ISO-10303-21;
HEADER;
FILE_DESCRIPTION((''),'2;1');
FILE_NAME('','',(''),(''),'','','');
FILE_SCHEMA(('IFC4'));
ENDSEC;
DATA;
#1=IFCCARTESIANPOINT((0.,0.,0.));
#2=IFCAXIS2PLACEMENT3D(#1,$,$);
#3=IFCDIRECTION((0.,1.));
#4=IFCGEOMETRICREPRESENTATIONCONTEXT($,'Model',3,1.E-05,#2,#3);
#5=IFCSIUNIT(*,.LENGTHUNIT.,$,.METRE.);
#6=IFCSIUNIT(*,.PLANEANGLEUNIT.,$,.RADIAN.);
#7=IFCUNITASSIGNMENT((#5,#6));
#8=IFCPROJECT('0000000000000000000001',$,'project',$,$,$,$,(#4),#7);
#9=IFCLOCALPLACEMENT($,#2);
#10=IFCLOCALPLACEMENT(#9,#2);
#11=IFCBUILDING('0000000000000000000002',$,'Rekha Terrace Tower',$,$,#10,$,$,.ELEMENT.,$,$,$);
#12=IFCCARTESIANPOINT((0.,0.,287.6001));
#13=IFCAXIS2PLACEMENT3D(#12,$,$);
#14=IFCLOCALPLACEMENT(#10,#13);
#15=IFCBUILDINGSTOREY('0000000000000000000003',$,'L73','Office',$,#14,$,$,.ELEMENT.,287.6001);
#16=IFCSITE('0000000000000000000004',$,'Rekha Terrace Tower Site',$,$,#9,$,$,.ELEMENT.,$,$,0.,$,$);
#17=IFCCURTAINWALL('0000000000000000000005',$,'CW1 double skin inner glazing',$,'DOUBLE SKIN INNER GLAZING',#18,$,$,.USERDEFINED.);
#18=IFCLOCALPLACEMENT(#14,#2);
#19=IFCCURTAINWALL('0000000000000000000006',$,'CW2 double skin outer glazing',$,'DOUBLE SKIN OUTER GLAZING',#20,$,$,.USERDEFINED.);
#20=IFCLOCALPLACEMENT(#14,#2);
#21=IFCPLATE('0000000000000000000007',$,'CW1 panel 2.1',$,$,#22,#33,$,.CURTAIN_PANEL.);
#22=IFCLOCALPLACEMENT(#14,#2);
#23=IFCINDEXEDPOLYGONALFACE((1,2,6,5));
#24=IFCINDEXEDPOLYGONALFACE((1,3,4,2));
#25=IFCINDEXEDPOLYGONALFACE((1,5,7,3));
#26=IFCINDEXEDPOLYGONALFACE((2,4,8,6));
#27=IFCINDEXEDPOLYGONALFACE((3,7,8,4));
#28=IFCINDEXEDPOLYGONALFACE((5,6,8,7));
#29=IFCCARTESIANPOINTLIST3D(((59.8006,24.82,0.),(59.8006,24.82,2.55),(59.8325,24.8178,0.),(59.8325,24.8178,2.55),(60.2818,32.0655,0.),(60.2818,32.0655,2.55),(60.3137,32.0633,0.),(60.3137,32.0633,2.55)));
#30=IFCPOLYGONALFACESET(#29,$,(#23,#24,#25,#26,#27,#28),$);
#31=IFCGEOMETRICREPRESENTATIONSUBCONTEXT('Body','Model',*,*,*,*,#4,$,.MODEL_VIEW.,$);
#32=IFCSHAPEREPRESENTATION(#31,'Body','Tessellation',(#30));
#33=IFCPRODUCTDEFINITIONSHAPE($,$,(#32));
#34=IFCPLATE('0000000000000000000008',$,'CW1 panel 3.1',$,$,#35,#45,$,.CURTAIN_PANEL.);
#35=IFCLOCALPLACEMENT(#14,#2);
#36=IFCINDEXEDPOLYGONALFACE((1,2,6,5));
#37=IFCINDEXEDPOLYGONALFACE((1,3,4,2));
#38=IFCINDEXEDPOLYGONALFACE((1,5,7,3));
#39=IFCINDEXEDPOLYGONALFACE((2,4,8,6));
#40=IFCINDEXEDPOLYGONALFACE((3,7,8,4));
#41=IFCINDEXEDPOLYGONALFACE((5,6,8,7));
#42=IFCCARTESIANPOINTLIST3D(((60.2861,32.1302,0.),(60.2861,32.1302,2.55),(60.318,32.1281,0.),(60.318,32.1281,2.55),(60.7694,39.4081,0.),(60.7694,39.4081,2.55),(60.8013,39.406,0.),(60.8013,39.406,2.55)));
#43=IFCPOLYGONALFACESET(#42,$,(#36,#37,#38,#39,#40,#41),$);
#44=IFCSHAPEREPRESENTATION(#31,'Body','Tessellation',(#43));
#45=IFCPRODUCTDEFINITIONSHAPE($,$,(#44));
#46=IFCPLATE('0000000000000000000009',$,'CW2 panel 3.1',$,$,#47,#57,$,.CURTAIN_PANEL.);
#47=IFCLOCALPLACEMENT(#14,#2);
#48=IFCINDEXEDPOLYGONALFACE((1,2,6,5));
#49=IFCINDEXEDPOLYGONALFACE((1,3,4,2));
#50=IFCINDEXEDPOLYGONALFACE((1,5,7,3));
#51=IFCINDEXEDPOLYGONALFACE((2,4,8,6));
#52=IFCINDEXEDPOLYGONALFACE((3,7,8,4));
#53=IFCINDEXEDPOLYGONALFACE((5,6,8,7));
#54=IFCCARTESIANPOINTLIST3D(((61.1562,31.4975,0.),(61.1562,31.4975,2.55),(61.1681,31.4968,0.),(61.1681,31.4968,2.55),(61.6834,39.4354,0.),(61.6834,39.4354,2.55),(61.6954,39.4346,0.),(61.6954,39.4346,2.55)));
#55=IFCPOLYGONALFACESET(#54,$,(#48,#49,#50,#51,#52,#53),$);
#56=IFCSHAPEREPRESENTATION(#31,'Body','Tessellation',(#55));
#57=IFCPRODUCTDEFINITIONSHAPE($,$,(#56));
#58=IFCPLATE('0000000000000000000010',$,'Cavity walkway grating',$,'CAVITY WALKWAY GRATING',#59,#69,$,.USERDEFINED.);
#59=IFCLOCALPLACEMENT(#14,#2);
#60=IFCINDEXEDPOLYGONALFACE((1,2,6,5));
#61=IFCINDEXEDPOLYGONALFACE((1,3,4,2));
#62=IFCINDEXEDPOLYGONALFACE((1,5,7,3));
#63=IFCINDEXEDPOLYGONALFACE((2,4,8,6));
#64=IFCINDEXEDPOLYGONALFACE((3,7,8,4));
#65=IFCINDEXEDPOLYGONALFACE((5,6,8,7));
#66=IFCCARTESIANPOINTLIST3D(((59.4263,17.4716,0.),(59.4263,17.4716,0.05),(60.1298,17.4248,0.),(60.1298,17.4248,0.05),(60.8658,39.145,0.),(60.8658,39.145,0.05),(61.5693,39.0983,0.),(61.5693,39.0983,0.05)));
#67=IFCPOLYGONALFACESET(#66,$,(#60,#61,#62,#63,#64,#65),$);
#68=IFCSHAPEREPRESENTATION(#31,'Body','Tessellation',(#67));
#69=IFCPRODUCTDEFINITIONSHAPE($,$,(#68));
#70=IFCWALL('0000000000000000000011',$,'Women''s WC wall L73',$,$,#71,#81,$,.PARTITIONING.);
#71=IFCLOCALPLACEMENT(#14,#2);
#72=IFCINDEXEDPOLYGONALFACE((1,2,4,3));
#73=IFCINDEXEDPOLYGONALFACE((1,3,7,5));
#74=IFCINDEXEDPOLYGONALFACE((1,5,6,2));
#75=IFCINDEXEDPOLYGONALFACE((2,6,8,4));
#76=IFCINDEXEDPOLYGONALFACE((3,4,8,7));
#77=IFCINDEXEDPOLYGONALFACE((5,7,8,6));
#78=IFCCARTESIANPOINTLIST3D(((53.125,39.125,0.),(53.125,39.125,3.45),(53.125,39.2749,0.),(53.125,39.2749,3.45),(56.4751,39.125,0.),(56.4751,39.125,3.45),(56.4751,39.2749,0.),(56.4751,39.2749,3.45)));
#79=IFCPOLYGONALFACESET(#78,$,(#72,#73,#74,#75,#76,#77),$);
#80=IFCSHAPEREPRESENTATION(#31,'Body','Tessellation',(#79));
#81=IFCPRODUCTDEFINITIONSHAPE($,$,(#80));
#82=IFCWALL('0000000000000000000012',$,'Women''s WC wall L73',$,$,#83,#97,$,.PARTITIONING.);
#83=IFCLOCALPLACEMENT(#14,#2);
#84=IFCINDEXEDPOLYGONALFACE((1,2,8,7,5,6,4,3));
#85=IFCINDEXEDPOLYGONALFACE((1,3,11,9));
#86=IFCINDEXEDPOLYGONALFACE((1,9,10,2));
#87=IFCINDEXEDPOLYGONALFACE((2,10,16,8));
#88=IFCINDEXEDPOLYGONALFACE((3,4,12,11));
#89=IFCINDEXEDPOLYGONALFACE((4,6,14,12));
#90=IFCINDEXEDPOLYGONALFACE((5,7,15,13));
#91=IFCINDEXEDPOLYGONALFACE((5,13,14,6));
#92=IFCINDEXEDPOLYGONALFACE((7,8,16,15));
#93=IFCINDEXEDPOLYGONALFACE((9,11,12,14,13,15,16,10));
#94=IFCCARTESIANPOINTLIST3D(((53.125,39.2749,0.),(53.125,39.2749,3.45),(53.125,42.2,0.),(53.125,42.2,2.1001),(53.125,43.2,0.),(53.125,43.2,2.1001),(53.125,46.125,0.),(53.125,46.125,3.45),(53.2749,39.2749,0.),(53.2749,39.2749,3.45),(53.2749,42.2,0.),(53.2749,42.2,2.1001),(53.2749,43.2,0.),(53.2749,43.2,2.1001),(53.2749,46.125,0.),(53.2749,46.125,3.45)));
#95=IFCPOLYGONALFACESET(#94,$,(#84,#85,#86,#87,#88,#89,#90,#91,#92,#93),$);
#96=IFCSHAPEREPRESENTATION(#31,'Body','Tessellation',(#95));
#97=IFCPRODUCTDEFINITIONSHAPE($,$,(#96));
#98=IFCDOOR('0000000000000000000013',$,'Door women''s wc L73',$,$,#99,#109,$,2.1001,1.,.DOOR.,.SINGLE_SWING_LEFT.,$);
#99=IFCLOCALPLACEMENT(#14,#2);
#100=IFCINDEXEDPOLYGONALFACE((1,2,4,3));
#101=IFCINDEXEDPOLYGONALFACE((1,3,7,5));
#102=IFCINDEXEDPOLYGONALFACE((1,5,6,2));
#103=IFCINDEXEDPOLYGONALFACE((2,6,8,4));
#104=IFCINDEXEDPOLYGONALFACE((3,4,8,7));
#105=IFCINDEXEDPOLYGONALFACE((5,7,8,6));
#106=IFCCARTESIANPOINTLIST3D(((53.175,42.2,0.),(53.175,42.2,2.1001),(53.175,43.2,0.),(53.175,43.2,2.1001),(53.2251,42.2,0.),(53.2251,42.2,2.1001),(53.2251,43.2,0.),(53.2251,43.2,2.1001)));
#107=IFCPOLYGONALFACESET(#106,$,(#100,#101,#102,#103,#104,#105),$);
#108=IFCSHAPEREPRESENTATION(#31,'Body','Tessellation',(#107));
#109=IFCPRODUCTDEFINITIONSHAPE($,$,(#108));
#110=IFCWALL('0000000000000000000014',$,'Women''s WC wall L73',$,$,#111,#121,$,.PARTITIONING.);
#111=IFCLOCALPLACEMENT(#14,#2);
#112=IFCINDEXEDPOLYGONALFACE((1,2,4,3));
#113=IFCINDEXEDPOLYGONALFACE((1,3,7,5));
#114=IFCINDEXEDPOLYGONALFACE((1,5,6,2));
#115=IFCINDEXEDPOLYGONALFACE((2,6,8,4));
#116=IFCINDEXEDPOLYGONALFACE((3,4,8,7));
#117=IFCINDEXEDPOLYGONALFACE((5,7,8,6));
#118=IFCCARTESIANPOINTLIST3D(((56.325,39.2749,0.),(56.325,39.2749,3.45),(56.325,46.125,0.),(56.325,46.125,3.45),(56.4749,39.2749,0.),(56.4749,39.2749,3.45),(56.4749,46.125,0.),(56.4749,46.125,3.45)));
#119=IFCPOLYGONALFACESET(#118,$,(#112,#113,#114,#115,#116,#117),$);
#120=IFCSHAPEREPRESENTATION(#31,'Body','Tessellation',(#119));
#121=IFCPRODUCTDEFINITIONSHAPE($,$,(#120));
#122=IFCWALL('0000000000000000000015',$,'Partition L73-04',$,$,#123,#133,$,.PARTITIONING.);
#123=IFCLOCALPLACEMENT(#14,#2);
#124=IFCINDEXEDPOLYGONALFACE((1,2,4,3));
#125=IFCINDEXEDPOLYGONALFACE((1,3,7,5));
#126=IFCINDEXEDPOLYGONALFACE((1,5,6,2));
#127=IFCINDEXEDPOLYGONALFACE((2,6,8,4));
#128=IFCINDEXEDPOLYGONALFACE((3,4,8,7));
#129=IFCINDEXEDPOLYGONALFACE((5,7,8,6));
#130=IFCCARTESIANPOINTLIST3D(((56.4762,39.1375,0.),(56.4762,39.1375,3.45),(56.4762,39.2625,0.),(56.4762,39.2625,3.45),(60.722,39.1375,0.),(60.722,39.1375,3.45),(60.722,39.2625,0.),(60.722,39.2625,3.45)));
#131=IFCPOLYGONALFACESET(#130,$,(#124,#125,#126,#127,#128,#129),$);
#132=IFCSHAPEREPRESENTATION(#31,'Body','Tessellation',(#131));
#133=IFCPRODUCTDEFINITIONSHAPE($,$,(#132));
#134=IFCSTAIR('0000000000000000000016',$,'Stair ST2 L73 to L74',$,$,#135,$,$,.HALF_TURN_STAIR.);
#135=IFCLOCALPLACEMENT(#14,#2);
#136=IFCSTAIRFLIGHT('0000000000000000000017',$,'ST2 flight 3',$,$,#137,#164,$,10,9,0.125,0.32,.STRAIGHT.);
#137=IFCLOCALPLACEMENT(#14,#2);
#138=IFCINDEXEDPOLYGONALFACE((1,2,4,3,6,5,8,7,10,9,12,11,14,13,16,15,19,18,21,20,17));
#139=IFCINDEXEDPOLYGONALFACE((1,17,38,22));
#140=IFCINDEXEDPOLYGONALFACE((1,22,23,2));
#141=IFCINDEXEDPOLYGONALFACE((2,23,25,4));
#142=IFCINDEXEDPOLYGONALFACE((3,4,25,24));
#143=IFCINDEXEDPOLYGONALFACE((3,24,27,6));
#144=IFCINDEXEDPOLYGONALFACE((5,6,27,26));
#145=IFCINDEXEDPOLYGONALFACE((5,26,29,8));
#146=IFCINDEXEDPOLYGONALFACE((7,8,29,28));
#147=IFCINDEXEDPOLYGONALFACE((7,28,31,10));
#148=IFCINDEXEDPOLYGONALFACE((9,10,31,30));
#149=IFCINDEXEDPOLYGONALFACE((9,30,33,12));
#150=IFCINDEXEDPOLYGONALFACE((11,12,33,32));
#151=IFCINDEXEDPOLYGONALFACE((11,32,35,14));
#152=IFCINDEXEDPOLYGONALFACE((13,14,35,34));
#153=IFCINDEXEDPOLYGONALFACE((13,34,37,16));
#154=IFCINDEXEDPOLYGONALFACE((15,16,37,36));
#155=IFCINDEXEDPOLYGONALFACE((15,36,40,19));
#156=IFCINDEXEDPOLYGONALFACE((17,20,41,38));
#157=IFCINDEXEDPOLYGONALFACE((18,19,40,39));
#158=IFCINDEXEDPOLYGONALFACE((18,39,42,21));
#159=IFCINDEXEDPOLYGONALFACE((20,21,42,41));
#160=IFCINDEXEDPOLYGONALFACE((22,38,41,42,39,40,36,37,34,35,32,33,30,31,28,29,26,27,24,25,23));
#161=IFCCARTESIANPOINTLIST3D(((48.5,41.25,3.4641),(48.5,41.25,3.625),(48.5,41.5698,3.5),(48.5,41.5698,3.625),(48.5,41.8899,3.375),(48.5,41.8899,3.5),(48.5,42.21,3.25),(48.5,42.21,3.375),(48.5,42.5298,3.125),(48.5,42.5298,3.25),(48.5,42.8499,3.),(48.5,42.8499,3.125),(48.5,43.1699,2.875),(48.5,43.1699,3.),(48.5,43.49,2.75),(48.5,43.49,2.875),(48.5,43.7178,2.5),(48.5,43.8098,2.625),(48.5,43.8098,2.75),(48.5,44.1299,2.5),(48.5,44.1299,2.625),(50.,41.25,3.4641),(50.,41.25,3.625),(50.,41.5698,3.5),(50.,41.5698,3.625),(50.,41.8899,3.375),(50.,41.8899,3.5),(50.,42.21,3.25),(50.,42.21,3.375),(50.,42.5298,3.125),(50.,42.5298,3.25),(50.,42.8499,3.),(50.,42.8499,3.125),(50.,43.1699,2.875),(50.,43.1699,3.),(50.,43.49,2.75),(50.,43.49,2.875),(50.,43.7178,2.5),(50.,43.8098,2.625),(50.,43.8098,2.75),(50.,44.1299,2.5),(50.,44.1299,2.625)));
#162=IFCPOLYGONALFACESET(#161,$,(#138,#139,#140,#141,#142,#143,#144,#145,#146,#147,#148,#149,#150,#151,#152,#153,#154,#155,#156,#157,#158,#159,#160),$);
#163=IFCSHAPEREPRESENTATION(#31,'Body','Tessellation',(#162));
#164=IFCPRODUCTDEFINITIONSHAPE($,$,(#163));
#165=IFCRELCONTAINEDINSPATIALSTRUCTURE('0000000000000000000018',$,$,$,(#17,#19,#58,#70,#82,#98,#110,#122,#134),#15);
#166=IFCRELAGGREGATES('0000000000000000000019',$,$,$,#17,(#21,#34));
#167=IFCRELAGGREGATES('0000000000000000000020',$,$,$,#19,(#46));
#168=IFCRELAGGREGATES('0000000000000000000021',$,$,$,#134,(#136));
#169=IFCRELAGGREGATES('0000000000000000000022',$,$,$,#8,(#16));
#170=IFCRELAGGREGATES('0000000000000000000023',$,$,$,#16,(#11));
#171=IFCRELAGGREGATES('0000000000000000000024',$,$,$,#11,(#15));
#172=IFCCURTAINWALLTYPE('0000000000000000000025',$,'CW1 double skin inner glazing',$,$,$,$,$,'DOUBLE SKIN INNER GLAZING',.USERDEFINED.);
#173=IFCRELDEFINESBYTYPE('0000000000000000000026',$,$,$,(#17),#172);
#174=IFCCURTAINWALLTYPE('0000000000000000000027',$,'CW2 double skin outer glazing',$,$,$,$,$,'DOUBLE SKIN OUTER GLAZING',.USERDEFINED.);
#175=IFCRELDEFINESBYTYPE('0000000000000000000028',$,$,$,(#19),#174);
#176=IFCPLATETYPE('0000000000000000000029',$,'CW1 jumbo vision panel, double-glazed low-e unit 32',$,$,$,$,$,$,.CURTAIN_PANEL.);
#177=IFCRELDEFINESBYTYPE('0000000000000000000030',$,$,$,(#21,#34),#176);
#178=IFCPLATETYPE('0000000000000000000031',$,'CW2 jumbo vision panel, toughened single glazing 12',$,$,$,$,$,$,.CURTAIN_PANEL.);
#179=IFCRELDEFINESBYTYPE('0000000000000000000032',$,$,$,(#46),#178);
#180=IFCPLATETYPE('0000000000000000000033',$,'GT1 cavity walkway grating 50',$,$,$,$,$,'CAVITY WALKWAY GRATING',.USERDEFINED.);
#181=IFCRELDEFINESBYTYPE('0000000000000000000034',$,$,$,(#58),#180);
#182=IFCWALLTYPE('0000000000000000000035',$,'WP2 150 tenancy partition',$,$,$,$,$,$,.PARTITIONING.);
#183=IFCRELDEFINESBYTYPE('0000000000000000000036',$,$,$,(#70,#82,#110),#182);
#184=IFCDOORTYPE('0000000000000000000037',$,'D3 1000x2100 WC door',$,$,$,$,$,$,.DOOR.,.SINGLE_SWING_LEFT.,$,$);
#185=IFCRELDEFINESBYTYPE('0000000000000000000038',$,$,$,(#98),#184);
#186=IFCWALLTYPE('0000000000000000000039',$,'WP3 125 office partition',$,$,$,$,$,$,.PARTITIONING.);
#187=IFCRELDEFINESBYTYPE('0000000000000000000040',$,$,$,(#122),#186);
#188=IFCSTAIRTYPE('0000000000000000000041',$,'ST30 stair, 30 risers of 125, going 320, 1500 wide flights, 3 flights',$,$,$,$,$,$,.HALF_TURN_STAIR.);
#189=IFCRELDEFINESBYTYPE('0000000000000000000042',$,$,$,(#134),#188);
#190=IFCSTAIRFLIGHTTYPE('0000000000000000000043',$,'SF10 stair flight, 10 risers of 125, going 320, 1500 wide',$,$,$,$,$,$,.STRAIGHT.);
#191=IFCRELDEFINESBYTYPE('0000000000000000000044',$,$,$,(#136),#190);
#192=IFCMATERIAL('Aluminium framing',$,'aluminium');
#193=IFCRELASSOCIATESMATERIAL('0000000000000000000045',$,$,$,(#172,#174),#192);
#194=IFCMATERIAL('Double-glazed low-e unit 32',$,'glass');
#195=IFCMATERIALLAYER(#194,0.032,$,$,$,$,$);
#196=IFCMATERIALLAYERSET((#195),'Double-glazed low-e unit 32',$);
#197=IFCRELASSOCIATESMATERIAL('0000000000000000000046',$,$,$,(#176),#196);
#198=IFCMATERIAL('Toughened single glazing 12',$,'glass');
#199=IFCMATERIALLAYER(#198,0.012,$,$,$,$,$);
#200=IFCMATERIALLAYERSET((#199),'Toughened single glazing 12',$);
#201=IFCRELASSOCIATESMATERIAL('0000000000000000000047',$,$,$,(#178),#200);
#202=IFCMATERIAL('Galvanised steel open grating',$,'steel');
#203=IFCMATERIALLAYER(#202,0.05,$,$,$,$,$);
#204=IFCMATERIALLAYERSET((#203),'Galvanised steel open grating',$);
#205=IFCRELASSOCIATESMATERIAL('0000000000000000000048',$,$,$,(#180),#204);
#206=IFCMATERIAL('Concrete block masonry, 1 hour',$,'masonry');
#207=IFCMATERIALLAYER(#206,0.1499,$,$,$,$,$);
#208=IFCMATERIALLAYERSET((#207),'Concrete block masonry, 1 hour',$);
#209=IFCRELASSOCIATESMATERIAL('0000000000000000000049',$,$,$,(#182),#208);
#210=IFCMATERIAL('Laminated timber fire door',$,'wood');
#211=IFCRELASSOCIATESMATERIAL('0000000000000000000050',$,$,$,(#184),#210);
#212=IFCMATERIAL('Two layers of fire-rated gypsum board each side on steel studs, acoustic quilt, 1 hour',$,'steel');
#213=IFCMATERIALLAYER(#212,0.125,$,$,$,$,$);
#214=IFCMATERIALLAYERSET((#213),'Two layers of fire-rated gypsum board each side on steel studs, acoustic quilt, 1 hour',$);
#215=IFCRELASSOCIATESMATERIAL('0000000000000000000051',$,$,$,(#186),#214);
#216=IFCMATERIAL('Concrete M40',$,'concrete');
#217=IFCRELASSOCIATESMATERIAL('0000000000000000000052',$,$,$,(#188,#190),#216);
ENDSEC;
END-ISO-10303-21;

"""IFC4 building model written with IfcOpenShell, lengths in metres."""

from ifc_helpers import new_model, si_unit, direction, frame, frame_2d, origin, origin_2d, place, context, subcontext, project, spatial, polyline, rectangle, outline, extrude, material, layer, layer_set, type_object, element, fill, aggregate, save


model = new_model("IFC4")

# Units and contexts
model_context = context("Model", 3, precision=1e-05, world=origin(), true_north=direction((0.0, 1.0)))
body_context = subcontext(model_context, "Body", "Model", "MODEL_VIEW")
ifc_project = project(units=[si_unit("LENGTHUNIT", "METRE"), si_unit("PLANEANGLEUNIT", "RADIAN")], contexts=[model_context])

# Site, building, storey
site_placement = place(None, origin())
site = spatial("IfcSite", under=ifc_project, at=site_placement, Name="Rekha Terrace Tower Site", CompositionType="ELEMENT", RefElevation=0.0)
building_placement = place(site_placement, origin())
building = spatial("IfcBuilding", under=site, at=building_placement, Name="Rekha Terrace Tower", CompositionType="ELEMENT")
storey_placement = place(building_placement, frame((0.0, 0.0, 287.6001)))
storey = spatial("IfcBuildingStorey", under=building, at=storey_placement, Name="L73", Description="Office", CompositionType="ELEMENT", Elevation=287.6001)

# Curtain wall
ifc_material_1 = material(Name="Aluminium framing", Category="aluminium")
curtain_wall_type_1 = type_object("IfcCurtainWallType", Name="CW1 double skin inner glazing", ElementType="DOUBLE SKIN INNER GLAZING", PredefinedType="USERDEFINED", material=ifc_material_1)
curtain_wall_1_placement = place(storey_placement, origin())
curtain_wall_1 = element("IfcCurtainWall", 1, at=curtain_wall_1_placement, inside=storey, type_object=curtain_wall_type_1, Name="CW1 double skin inner glazing", ObjectType="DOUBLE SKIN INNER GLAZING", PredefinedType="USERDEFINED")

# Curtain wall
curtain_wall_type_2 = type_object("IfcCurtainWallType", Name="CW2 double skin outer glazing", ElementType="DOUBLE SKIN OUTER GLAZING", PredefinedType="USERDEFINED", material=ifc_material_1)
curtain_wall_2_placement = place(storey_placement, origin())
curtain_wall_2 = element("IfcCurtainWall", 2, at=curtain_wall_2_placement, inside=storey, type_object=curtain_wall_type_2, Name="CW2 double skin outer glazing", ObjectType="DOUBLE SKIN OUTER GLAZING", PredefinedType="USERDEFINED")

# Plates
ifc_material_2 = material(Name="Double-glazed low-e unit 32", Category="glass")
ifc_layer_1 = layer(ifc_material_2, 0.032)
ifc_layer_set_1 = layer_set([ifc_layer_1], Name="Double-glazed low-e unit 32")
plate_type_1 = type_object("IfcPlateType", Name="CW1 jumbo vision panel, double-glazed low-e unit 32", PredefinedType="CURTAIN_PANEL", material=ifc_layer_set_1)
plate_1_placement = place(storey_placement, frame((60.0571, 28.4417, 0.0), z_axis=(0.0, 0.0, 1.0), x_axis=(0.066272, 0.997802, 0.0)))
plate_1 = element("IfcPlate", 3, at=plate_1_placement, type_object=plate_type_1, Name="CW1 panel 2.1", PredefinedType="CURTAIN_PANEL", context=body_context, shape_type="SweptSolid", body=[
    extrude(rectangle(XDim=7.2615, YDim=0.032, at=origin_2d()), origin(), (0.0, 0.0, 1.0), 2.55),
])
plate_2_placement = place(storey_placement, frame((60.5437, 35.7681, 0.0), z_axis=(0.0, 0.0, 1.0), x_axis=(0.066272, 0.997802, 0.0)))
plate_2 = element("IfcPlate", 4, at=plate_2_placement, type_object=plate_type_1, Name="CW1 panel 3.1", PredefinedType="CURTAIN_PANEL", context=body_context, shape_type="SweptSolid", body=[
    extrude(rectangle(XDim=7.2939, YDim=0.032, at=origin_2d()), origin(), (0.0, 0.0, 1.0), 2.55),
])
aggregate(curtain_wall_1, [plate_1, plate_2])
ifc_material_3 = material(Name="Toughened single glazing 12", Category="glass")
ifc_layer_2 = layer(ifc_material_3, 0.012)
ifc_layer_set_2 = layer_set([ifc_layer_2], Name="Toughened single glazing 12")
plate_type_2 = type_object("IfcPlateType", Name="CW2 jumbo vision panel, toughened single glazing 12", PredefinedType="CURTAIN_PANEL", material=ifc_layer_set_2)
plate_3_placement = place(storey_placement, frame((61.4258, 35.4661, 0.0), z_axis=(0.0, 0.0, 1.0), x_axis=(0.066272, 0.997802, 0.0)))
plate_3 = element("IfcPlate", 5, at=plate_3_placement, type_object=plate_type_2, Name="CW2 panel 3.1", PredefinedType="CURTAIN_PANEL", context=body_context, shape_type="SweptSolid", body=[
    extrude(rectangle(XDim=7.9553, YDim=0.012, at=origin_2d()), origin(), (0.0, 0.0, 1.0), 2.55),
])
aggregate(curtain_wall_2, [plate_3])
ifc_material_4 = material(Name="Galvanised steel open grating", Category="steel")
ifc_layer_3 = layer(ifc_material_4, 0.05)
ifc_layer_set_3 = layer_set([ifc_layer_3], Name="Galvanised steel open grating")
plate_type_3 = type_object("IfcPlateType", Name="GT1 cavity walkway grating 50", ElementType="CAVITY WALKWAY GRATING", PredefinedType="USERDEFINED", material=ifc_layer_set_3)
plate_4_placement = place(storey_placement, frame((60.4978, 28.2849, 0.0), z_axis=(0.0, 0.0, 1.0), x_axis=(0.066272, 0.997802, 0.0)))
element("IfcPlate", 6, at=plate_4_placement, inside=storey, type_object=plate_type_3, Name="Cavity walkway grating", ObjectType="CAVITY WALKWAY GRATING", PredefinedType="USERDEFINED", context=body_context, shape_type="SweptSolid", body=[
    extrude(rectangle(XDim=21.7212, YDim=0.7051, at=origin_2d()), origin(), (0.0, 0.0, 1.0), 0.05),
])

# Wall
ifc_material_5 = material(Name="Concrete block masonry, 1 hour", Category="masonry")
ifc_layer_4 = layer(ifc_material_5, 0.1499)
ifc_layer_set_4 = layer_set([ifc_layer_4], Name="Concrete block masonry, 1 hour")
wall_type_1 = type_object("IfcWallType", Name="WP2 150 tenancy partition", PredefinedType="PARTITIONING", material=ifc_layer_set_4)
wall_1_placement = place(storey_placement, frame((53.125, 39.2, 0.0), z_axis=(0.0, 0.0, 1.0), x_axis=(1.0, 0.0, 0.0)))
element("IfcWall", 7, at=wall_1_placement, inside=storey, type_object=wall_type_1, Name="Women's WC wall L73", PredefinedType="PARTITIONING", context=body_context, shape_type="SweptSolid", body=[
    extrude(rectangle(XDim=3.3501, YDim=0.1499, at=frame_2d((1.675, 0.0))), origin(), (0.0, 0.0, 1.0), 3.45),
])

# Wall, opening, door
wall_2_placement = place(storey_placement, frame((53.2, 39.2749, 0.0), z_axis=(0.0, 0.0, 1.0), x_axis=(0.0, 1.0, 0.0)))
wall_2 = element("IfcWall", 8, at=wall_2_placement, inside=storey, type_object=wall_type_1, Name="Women's WC wall L73", PredefinedType="PARTITIONING", context=body_context, shape_type="SweptSolid", body=[
    extrude(rectangle(XDim=6.8501, YDim=0.1499, at=frame_2d((3.425, 0.0))), origin(), (0.0, 0.0, 1.0), 3.45),
])
opening_placement = place(wall_2_placement, frame((2.925, 0.0, 0.0)))
opening = element("IfcOpeningElement", 9, at=opening_placement, cuts=wall_2, PredefinedType="OPENING", context=body_context, shape_type="SweptSolid", body=[
    extrude(rectangle(XDim=1.0, YDim=2.1001, at=frame_2d((0.5, 1.05))), frame((0.0, 0.085, 0.0), z_axis=(0.0, -1.0, 0.0), x_axis=(1.0, 0.0, 0.0)), (0.0, 0.0, 1.0), 0.1699),
])
ifc_material_6 = material(Name="Laminated timber fire door", Category="wood")
door_type = type_object("IfcDoorType", Name="D3 1000x2100 WC door", OperationType="SINGLE_SWING_LEFT", PredefinedType="DOOR", material=ifc_material_6)
door_placement = place(opening_placement, origin())
door = element("IfcDoor", 10, at=door_placement, inside=storey, type_object=door_type, Name="Door women's wc L73", OperationType="SINGLE_SWING_LEFT", OverallHeight=2.1001, OverallWidth=1.0, PredefinedType="DOOR", context=body_context, shape_type="SweptSolid", body=[
    extrude(rectangle(XDim=1.0, YDim=2.1001, at=frame_2d((0.5, 1.05))), frame((0.0, 0.0249, 0.0), z_axis=(0.0, -1.0, 0.0), x_axis=(1.0, 0.0, 0.0)), (0.0, 0.0, 1.0), 0.05),
])
fill(opening, door)

# Walls
wall_3_placement = place(storey_placement, frame((56.3999, 39.2749, 0.0), z_axis=(0.0, 0.0, 1.0), x_axis=(0.0, 1.0, 0.0)))
element("IfcWall", 11, at=wall_3_placement, inside=storey, type_object=wall_type_1, Name="Women's WC wall L73", PredefinedType="PARTITIONING", context=body_context, shape_type="SweptSolid", body=[
    extrude(rectangle(XDim=6.8501, YDim=0.1499, at=frame_2d((3.425, 0.0))), origin(), (0.0, 0.0, 1.0), 3.45),
])
ifc_material_7 = material(Name="Two layers of fire-rated gypsum board each side on steel studs, acoustic quilt, 1 hour", Category="steel")
ifc_layer_5 = layer(ifc_material_7, 0.125)
ifc_layer_set_5 = layer_set([ifc_layer_5], Name="Two layers of fire-rated gypsum board each side on steel studs, acoustic quilt, 1 hour")
wall_type_2 = type_object("IfcWallType", Name="WP3 125 office partition", PredefinedType="PARTITIONING", material=ifc_layer_set_5)
wall_4_placement = place(storey_placement, frame((56.4761, 39.2, 0.0), z_axis=(0.0, 0.0, 1.0), x_axis=(1.0, 0.0, 0.0)))
element("IfcWall", 12, at=wall_4_placement, inside=storey, type_object=wall_type_2, Name="Partition L73-04", PredefinedType="PARTITIONING", context=body_context, shape_type="SweptSolid", body=[
    extrude(rectangle(XDim=4.2458, YDim=0.125, at=frame_2d((2.123, 0.0))), origin(), (0.0, 0.0, 1.0), 3.45),
])

# Stair, stair flight
ifc_material_8 = material(Name="Concrete M40", Category="concrete")
stair_type = type_object("IfcStairType", Name="ST30 stair, 30 risers of 125, going 320, 1500 wide flights, 3 flights", PredefinedType="HALF_TURN_STAIR", material=ifc_material_8)
stair_placement = place(storey_placement, origin())
stair = element("IfcStair", 13, at=stair_placement, inside=storey, type_object=stair_type, Name="Stair ST2 L73 to L74", PredefinedType="HALF_TURN_STAIR")
stair_flight_type = type_object("IfcStairFlightType", Name="SF10 stair flight, 10 risers of 125, going 320, 1500 wide", PredefinedType="STRAIGHT", material=ifc_material_8)
stair_flight_placement = place(storey_placement, frame((49.25, 44.1299, 2.5), z_axis=(0.0, 0.0, 1.0), x_axis=(0.0, -1.0, 0.0)))
stair_flight = element("IfcStairFlight", 14, at=stair_flight_placement, type_object=stair_flight_type, Name="ST2 flight 3", NumberOfRisers=10, NumberOfTreads=9, PredefinedType="STRAIGHT", RiserHeight=0.125, TreadLength=0.32, context=body_context, shape_type="SweptSolid", body=[
    extrude(outline(polyline([(0.0, 0.0), (0.0, 0.125), (0.3201, 0.125), (0.3201, 0.25), (0.6399, 0.25), (0.6399, 0.375), (0.96, 0.375), (0.96, 0.5), (1.28, 0.5), (1.28, 0.625), (1.6001, 0.625), (1.6001, 0.75), (1.9199, 0.75), (1.9199, 0.875), (2.24, 0.875), (2.24, 1.0), (2.5601, 1.0), (2.5601, 1.125), (2.8799, 1.125), (2.8799, 1.25), (2.8799, 0.9641), (0.4121, 0.0), (0.0, 0.0)])), frame((0.0, 0.75, 0.0), z_axis=(0.0, -1.0, 0.0), x_axis=(1.0, 0.0, 0.0)), (0.0, 0.0, 1.0), 1.5),
])
aggregate(stair, [stair_flight])

save(model, "model.ifc")
